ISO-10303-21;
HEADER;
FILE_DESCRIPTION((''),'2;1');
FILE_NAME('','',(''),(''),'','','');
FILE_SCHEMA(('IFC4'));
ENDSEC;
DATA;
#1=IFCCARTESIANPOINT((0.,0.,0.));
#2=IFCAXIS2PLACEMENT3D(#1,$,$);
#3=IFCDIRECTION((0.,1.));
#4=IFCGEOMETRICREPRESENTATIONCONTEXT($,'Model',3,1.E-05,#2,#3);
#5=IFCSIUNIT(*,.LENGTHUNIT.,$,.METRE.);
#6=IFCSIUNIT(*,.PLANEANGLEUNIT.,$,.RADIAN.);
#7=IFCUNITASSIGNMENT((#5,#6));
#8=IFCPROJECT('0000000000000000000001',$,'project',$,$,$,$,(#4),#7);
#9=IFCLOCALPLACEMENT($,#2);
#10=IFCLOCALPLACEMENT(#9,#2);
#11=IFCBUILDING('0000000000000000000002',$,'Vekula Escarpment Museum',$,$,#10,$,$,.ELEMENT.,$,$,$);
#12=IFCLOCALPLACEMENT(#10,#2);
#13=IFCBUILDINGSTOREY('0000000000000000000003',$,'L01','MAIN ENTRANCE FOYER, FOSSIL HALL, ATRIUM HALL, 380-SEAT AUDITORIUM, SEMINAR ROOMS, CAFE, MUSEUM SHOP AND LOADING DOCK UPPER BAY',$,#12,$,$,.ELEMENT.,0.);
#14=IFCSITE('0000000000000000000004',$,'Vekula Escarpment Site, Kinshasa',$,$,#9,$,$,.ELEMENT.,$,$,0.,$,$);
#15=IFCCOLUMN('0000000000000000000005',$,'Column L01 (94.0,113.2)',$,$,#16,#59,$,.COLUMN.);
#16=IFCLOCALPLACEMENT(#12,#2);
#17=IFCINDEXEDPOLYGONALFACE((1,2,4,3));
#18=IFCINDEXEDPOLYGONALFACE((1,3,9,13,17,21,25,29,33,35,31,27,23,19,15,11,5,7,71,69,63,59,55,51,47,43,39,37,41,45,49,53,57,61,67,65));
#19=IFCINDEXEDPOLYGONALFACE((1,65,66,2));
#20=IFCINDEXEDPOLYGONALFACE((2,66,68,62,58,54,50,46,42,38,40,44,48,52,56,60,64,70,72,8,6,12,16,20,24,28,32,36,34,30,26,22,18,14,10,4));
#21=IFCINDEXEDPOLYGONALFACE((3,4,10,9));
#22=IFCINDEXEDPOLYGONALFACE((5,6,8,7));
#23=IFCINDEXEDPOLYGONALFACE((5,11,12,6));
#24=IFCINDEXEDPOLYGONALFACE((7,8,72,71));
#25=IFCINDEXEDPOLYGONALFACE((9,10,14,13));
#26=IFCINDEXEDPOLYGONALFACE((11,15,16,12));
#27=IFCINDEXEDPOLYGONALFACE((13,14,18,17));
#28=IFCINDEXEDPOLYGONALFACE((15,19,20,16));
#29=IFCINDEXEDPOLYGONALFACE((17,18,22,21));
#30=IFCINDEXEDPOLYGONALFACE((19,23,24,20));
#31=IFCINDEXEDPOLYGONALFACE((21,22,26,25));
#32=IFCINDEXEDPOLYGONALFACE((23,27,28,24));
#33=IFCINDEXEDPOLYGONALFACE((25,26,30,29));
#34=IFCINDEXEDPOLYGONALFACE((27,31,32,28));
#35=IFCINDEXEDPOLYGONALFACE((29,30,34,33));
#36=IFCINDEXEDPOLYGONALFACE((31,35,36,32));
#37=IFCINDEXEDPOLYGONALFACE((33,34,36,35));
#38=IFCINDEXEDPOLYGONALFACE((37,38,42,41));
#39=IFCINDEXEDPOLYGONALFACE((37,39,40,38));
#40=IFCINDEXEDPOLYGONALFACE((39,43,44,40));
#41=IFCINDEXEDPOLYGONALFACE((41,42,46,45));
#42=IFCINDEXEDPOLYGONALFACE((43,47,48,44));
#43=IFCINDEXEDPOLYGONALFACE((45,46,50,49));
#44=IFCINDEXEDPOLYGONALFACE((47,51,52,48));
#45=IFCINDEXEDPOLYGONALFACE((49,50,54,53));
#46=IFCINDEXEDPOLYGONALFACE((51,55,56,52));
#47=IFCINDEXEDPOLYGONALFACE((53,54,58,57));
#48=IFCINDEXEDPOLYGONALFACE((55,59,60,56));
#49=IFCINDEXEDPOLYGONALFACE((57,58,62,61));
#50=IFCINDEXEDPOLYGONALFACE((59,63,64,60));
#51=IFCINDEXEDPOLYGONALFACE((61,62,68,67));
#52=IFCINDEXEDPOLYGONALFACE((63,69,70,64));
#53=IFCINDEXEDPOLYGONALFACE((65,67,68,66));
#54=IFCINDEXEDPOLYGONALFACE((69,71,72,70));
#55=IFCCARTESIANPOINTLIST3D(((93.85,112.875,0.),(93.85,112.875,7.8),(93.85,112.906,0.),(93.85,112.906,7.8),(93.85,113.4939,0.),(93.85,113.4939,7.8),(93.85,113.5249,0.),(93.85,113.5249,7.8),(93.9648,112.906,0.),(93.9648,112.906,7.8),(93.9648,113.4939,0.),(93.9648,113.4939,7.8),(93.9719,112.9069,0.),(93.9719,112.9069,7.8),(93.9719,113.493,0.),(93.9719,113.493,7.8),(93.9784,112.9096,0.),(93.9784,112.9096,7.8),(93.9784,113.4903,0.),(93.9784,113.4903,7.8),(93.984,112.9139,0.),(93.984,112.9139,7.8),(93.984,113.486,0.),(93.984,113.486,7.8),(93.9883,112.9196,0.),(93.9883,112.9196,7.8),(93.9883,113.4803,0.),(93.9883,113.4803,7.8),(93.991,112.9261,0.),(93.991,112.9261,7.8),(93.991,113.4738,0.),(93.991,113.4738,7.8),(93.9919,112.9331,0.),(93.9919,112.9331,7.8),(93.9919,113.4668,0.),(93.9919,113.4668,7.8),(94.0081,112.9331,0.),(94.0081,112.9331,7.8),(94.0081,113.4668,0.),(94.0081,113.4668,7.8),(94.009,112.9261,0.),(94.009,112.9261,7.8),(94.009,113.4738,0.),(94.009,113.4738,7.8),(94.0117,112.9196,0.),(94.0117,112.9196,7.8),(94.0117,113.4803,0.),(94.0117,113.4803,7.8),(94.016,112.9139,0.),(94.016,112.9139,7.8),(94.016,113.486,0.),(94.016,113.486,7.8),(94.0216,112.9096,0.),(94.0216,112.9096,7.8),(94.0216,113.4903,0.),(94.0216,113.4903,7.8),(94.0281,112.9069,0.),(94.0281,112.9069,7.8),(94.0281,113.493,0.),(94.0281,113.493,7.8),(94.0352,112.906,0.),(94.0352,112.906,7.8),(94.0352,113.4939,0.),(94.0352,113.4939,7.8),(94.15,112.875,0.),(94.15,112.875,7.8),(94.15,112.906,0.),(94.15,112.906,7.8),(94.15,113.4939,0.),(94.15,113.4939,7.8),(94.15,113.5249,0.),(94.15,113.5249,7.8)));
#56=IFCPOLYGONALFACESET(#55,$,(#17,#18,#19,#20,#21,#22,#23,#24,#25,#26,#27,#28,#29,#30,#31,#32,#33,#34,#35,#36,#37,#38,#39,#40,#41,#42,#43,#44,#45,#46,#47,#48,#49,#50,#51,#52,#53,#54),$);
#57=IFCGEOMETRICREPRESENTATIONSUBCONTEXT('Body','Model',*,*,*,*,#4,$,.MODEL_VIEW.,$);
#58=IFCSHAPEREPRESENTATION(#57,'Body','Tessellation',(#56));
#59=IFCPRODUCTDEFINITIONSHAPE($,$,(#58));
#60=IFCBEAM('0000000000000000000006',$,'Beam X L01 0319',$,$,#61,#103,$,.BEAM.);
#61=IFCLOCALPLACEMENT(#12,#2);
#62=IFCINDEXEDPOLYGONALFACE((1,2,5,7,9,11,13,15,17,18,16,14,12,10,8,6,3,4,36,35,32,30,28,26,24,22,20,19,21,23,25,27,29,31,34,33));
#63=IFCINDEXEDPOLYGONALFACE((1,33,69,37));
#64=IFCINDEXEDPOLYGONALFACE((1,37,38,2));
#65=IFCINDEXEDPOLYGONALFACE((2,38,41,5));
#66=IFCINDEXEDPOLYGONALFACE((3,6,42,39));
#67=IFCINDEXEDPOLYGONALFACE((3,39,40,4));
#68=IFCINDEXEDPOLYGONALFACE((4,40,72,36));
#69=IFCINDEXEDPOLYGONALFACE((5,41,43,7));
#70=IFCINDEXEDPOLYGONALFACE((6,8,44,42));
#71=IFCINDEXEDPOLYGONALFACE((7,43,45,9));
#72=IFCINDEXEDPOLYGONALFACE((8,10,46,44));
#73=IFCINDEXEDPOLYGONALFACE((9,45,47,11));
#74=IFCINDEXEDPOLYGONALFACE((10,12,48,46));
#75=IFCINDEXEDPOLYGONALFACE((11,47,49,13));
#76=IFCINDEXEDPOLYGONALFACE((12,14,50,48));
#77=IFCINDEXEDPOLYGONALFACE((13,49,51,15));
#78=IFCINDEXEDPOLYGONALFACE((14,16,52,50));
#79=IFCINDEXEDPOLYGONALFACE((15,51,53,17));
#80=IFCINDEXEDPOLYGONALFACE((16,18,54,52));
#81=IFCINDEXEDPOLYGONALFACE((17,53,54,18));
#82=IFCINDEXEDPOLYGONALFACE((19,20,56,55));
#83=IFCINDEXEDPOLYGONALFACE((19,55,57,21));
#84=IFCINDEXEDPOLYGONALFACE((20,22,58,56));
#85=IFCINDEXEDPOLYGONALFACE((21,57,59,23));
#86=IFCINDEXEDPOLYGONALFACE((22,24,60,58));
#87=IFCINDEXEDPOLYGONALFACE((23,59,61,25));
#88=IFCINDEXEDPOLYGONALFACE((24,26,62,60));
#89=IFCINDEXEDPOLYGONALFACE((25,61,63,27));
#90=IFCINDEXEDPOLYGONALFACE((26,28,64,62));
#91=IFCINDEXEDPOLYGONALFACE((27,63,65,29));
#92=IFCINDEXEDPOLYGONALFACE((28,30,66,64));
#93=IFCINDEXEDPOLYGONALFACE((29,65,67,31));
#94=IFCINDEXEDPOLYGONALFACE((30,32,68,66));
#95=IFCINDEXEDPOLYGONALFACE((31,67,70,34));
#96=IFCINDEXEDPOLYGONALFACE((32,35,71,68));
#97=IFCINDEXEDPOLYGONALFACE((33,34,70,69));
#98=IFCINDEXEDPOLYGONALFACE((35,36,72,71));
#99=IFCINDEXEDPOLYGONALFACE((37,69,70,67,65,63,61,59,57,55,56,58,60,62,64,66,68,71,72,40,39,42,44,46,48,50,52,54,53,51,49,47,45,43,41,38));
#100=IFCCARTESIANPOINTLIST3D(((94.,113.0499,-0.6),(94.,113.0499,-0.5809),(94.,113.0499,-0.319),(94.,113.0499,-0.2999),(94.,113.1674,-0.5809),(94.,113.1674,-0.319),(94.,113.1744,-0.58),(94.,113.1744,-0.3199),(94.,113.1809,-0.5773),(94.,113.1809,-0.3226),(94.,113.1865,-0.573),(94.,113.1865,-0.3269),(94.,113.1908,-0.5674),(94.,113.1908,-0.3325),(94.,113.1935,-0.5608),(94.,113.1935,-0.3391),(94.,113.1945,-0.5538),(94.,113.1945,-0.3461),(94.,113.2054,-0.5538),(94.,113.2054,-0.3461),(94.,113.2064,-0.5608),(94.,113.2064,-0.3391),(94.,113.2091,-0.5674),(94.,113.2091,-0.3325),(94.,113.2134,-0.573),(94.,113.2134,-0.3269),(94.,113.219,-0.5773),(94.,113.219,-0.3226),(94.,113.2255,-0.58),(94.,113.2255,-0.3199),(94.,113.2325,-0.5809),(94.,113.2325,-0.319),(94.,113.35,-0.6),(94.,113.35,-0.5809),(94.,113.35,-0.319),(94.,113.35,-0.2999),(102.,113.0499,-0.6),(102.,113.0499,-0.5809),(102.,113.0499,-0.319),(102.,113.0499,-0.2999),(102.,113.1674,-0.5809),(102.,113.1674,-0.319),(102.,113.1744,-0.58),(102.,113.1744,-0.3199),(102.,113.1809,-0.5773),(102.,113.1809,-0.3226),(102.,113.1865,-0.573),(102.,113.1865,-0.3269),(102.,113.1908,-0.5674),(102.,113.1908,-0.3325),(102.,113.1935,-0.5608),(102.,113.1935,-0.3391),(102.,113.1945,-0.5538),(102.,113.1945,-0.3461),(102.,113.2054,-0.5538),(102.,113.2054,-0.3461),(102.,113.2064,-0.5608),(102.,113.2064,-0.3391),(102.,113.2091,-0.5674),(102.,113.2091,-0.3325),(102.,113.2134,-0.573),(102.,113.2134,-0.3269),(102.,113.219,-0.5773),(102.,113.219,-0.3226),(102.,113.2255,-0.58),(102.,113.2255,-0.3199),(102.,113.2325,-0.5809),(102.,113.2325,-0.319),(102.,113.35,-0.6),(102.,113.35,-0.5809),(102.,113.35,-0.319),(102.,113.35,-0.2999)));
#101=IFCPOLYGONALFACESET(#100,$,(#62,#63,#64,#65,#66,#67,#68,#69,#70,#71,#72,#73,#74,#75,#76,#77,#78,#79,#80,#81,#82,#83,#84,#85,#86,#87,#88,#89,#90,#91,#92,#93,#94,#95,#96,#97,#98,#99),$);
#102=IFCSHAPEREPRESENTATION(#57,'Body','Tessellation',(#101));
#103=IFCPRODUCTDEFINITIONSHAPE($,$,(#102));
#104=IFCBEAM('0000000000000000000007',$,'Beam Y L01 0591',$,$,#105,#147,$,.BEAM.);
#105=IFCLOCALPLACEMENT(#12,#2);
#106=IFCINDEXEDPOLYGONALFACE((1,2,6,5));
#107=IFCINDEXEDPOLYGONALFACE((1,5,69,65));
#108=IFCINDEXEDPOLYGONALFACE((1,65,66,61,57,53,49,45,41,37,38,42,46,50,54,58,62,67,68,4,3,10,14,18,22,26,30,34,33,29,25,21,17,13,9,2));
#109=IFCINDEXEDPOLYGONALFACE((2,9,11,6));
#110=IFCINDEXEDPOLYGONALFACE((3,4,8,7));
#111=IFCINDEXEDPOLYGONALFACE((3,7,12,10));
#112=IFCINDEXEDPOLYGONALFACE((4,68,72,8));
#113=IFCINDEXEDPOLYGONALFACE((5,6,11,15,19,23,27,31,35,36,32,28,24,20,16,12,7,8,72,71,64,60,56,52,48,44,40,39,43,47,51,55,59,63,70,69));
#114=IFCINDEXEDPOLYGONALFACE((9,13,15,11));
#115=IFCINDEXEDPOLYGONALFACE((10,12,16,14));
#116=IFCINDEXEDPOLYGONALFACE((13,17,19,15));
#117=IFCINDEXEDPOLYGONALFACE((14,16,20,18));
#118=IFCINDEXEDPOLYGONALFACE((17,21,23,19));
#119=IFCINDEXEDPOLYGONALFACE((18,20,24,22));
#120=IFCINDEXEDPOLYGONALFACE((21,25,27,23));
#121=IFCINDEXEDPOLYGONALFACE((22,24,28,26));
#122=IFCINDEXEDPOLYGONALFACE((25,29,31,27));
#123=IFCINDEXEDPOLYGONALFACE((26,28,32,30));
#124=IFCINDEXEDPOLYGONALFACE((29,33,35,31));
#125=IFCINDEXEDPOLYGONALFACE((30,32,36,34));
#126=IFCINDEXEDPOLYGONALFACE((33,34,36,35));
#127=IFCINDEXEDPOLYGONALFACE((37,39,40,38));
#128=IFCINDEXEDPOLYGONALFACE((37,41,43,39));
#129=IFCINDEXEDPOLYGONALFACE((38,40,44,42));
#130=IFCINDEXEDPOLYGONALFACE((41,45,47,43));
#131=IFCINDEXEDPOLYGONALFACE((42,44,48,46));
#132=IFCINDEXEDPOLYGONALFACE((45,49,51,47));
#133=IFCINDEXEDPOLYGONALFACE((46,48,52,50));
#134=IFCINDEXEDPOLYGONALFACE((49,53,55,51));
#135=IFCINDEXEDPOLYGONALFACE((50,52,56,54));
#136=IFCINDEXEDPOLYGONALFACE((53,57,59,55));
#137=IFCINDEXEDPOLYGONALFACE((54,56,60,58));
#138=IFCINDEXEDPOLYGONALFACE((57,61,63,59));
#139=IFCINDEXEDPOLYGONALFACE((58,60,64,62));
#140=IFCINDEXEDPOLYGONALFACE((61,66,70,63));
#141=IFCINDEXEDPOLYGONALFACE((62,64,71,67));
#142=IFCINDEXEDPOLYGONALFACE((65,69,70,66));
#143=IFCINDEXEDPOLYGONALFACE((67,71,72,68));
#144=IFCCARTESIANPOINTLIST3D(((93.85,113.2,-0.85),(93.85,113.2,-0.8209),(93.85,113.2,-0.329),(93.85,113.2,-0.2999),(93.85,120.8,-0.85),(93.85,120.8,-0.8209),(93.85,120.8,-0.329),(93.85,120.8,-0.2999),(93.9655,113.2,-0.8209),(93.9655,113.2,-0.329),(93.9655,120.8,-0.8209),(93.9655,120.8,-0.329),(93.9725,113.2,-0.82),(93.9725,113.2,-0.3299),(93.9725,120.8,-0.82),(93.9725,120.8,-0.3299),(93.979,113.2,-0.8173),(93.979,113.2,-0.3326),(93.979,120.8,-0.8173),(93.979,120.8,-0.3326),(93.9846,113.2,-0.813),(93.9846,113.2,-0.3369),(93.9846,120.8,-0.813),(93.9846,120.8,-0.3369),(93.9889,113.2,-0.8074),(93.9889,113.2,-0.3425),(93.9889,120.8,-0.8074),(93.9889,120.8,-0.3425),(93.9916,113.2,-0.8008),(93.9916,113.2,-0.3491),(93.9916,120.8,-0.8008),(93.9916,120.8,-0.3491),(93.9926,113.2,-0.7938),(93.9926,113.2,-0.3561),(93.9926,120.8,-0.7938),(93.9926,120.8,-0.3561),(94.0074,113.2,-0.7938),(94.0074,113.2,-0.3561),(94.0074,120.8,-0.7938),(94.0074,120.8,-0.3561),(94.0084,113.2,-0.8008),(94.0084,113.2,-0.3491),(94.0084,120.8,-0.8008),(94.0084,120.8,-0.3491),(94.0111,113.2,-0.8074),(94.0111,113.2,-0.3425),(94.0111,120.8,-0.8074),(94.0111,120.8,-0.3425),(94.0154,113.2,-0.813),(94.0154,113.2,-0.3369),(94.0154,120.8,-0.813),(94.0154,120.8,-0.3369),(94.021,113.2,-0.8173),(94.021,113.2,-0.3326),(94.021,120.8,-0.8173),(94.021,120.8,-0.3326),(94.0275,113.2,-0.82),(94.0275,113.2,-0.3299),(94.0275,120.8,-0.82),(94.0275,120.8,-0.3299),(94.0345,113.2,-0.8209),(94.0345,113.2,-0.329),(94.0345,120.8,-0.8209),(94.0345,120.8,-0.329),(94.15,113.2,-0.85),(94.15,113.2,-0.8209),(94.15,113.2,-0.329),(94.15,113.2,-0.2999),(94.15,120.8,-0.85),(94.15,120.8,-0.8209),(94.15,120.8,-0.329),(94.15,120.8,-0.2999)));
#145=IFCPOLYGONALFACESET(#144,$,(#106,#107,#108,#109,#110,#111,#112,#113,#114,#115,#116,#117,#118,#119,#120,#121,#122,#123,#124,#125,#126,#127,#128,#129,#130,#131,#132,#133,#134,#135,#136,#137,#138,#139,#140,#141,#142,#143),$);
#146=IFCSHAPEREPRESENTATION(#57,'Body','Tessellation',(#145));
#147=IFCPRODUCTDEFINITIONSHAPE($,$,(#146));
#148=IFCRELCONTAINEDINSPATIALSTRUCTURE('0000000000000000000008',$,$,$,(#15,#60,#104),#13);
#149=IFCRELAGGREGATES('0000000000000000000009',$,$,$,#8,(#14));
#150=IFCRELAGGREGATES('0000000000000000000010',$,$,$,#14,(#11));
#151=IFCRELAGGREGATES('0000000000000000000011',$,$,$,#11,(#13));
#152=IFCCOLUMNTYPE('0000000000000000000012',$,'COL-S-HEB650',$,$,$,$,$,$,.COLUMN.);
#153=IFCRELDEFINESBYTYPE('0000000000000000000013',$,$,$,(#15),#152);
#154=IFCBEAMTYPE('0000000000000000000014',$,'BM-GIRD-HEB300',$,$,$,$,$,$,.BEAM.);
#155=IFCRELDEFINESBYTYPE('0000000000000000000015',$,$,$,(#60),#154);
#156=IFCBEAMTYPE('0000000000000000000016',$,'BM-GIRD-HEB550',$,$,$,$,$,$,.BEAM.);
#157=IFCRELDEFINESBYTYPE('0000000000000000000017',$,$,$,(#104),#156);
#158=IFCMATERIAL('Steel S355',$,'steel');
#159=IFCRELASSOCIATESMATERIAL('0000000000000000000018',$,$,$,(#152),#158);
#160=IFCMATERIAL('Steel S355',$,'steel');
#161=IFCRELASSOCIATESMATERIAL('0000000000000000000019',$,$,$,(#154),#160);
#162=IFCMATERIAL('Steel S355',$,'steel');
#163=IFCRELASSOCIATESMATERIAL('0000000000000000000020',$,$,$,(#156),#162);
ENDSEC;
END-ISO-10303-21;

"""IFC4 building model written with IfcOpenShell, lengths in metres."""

from ifc_helpers import new_model, si_unit, direction, frame, origin, origin_2d, place, context, subcontext, project, spatial, i_section, extrude, material, material_profile, profile_set, type_object, element, save


model = new_model("IFC4")

# Units and contexts
model_context = context("Model", 3, precision=1e-05, world=origin(), true_north=direction((0.0, 1.0)))
body_context = subcontext(model_context, "Body", "Model", "MODEL_VIEW")
ifc_project = project(units=[si_unit("LENGTHUNIT", "METRE"), si_unit("PLANEANGLEUNIT", "RADIAN")], contexts=[model_context])

# Site, building, storey
site_placement = place(None, origin())
site = spatial("IfcSite", under=ifc_project, at=site_placement, Name="Vekula Escarpment Site, Kinshasa", CompositionType="ELEMENT", RefElevation=0.0)
building_placement = place(site_placement, origin())
building = spatial("IfcBuilding", under=site, at=building_placement, Name="Vekula Escarpment Museum", CompositionType="ELEMENT")
storey_placement = place(building_placement, origin())
storey = spatial("IfcBuildingStorey", under=building, at=storey_placement, Name="L01", Description="MAIN ENTRANCE FOYER, FOSSIL HALL, ATRIUM HALL, 380-SEAT AUDITORIUM, SEMINAR ROOMS, CAFE, MUSEUM SHOP AND LOADING DOCK UPPER BAY", CompositionType="ELEMENT", Elevation=0.0)

# Column
ifc_material_1 = material(Name="Steel S355", Category="steel")
ifc_material_profile_1 = material_profile(ifc_material_1, i_section(OverallWidth=0.3, OverallDepth=0.6499, WebThickness=0.0161, FlangeThickness=0.031, FilletRadius=0.0271, at=origin_2d()), Name="HEB 650")
ifc_profile_set_1 = profile_set([ifc_material_profile_1], Name="Steel S355")
column_type = type_object("IfcColumnType", Name="COL-S-HEB650", PredefinedType="COLUMN", material=ifc_profile_set_1)
column_placement = place(storey_placement, frame((94.0, 113.2, 0.0), z_axis=(0.0, 0.0, 1.0), x_axis=(1.0, 0.0, 0.0)))
element("IfcColumn", 1, at=column_placement, inside=storey, type_object=column_type, Name="Column L01 (94.0,113.2)", PredefinedType="COLUMN", context=body_context, shape_type="SweptSolid", body=[
    extrude(i_section(OverallWidth=0.3, OverallDepth=0.6499, WebThickness=0.0161, FlangeThickness=0.031, FilletRadius=0.0271, at=origin_2d()), origin(), (0.0, 0.0, 1.0), 7.8),
])

# Beams
ifc_material_2 = material(Name="Steel S355", Category="steel")
ifc_material_profile_2 = material_profile(ifc_material_2, i_section(OverallWidth=0.3, OverallDepth=0.3, WebThickness=0.011, FlangeThickness=0.019, FilletRadius=0.0271, at=origin_2d()), Name="HEB 300")
ifc_profile_set_2 = profile_set([ifc_material_profile_2], Name="Steel S355")
beam_type_1 = type_object("IfcBeamType", Name="BM-GIRD-HEB300", PredefinedType="BEAM", material=ifc_profile_set_2)
beam_1_placement = place(storey_placement, frame((94.0, 113.2, -0.45), z_axis=(1.0, 0.0, 0.0), x_axis=(0.0, 1.0, 0.0)))
element("IfcBeam", 2, at=beam_1_placement, inside=storey, type_object=beam_type_1, Name="Beam X L01 0319", PredefinedType="BEAM", context=body_context, shape_type="SweptSolid", body=[
    extrude(i_section(OverallWidth=0.3, OverallDepth=0.3, WebThickness=0.011, FlangeThickness=0.019, FilletRadius=0.0271, at=origin_2d()), origin(), (0.0, 0.0, 1.0), 8.0),
])
ifc_material_3 = material(Name="Steel S355", Category="steel")
ifc_material_profile_3 = material_profile(ifc_material_3, i_section(OverallWidth=0.3, OverallDepth=0.55, WebThickness=0.0149, FlangeThickness=0.0291, FilletRadius=0.0271, at=origin_2d()), Name="HEB 550")
ifc_profile_set_3 = profile_set([ifc_material_profile_3], Name="Steel S355")
beam_type_2 = type_object("IfcBeamType", Name="BM-GIRD-HEB550", PredefinedType="BEAM", material=ifc_profile_set_3)
beam_2_placement = place(storey_placement, frame((94.0, 113.2, -0.575), z_axis=(0.0, 1.0, 0.0), x_axis=(-1.0, 0.0, 0.0)))
element("IfcBeam", 3, at=beam_2_placement, inside=storey, type_object=beam_type_2, Name="Beam Y L01 0591", PredefinedType="BEAM", context=body_context, shape_type="SweptSolid", body=[
    extrude(i_section(OverallWidth=0.3, OverallDepth=0.55, WebThickness=0.0149, FlangeThickness=0.0291, FilletRadius=0.0271, at=origin_2d()), origin(), (0.0, 0.0, 1.0), 7.6001),
])

save(model, "model.ifc")
